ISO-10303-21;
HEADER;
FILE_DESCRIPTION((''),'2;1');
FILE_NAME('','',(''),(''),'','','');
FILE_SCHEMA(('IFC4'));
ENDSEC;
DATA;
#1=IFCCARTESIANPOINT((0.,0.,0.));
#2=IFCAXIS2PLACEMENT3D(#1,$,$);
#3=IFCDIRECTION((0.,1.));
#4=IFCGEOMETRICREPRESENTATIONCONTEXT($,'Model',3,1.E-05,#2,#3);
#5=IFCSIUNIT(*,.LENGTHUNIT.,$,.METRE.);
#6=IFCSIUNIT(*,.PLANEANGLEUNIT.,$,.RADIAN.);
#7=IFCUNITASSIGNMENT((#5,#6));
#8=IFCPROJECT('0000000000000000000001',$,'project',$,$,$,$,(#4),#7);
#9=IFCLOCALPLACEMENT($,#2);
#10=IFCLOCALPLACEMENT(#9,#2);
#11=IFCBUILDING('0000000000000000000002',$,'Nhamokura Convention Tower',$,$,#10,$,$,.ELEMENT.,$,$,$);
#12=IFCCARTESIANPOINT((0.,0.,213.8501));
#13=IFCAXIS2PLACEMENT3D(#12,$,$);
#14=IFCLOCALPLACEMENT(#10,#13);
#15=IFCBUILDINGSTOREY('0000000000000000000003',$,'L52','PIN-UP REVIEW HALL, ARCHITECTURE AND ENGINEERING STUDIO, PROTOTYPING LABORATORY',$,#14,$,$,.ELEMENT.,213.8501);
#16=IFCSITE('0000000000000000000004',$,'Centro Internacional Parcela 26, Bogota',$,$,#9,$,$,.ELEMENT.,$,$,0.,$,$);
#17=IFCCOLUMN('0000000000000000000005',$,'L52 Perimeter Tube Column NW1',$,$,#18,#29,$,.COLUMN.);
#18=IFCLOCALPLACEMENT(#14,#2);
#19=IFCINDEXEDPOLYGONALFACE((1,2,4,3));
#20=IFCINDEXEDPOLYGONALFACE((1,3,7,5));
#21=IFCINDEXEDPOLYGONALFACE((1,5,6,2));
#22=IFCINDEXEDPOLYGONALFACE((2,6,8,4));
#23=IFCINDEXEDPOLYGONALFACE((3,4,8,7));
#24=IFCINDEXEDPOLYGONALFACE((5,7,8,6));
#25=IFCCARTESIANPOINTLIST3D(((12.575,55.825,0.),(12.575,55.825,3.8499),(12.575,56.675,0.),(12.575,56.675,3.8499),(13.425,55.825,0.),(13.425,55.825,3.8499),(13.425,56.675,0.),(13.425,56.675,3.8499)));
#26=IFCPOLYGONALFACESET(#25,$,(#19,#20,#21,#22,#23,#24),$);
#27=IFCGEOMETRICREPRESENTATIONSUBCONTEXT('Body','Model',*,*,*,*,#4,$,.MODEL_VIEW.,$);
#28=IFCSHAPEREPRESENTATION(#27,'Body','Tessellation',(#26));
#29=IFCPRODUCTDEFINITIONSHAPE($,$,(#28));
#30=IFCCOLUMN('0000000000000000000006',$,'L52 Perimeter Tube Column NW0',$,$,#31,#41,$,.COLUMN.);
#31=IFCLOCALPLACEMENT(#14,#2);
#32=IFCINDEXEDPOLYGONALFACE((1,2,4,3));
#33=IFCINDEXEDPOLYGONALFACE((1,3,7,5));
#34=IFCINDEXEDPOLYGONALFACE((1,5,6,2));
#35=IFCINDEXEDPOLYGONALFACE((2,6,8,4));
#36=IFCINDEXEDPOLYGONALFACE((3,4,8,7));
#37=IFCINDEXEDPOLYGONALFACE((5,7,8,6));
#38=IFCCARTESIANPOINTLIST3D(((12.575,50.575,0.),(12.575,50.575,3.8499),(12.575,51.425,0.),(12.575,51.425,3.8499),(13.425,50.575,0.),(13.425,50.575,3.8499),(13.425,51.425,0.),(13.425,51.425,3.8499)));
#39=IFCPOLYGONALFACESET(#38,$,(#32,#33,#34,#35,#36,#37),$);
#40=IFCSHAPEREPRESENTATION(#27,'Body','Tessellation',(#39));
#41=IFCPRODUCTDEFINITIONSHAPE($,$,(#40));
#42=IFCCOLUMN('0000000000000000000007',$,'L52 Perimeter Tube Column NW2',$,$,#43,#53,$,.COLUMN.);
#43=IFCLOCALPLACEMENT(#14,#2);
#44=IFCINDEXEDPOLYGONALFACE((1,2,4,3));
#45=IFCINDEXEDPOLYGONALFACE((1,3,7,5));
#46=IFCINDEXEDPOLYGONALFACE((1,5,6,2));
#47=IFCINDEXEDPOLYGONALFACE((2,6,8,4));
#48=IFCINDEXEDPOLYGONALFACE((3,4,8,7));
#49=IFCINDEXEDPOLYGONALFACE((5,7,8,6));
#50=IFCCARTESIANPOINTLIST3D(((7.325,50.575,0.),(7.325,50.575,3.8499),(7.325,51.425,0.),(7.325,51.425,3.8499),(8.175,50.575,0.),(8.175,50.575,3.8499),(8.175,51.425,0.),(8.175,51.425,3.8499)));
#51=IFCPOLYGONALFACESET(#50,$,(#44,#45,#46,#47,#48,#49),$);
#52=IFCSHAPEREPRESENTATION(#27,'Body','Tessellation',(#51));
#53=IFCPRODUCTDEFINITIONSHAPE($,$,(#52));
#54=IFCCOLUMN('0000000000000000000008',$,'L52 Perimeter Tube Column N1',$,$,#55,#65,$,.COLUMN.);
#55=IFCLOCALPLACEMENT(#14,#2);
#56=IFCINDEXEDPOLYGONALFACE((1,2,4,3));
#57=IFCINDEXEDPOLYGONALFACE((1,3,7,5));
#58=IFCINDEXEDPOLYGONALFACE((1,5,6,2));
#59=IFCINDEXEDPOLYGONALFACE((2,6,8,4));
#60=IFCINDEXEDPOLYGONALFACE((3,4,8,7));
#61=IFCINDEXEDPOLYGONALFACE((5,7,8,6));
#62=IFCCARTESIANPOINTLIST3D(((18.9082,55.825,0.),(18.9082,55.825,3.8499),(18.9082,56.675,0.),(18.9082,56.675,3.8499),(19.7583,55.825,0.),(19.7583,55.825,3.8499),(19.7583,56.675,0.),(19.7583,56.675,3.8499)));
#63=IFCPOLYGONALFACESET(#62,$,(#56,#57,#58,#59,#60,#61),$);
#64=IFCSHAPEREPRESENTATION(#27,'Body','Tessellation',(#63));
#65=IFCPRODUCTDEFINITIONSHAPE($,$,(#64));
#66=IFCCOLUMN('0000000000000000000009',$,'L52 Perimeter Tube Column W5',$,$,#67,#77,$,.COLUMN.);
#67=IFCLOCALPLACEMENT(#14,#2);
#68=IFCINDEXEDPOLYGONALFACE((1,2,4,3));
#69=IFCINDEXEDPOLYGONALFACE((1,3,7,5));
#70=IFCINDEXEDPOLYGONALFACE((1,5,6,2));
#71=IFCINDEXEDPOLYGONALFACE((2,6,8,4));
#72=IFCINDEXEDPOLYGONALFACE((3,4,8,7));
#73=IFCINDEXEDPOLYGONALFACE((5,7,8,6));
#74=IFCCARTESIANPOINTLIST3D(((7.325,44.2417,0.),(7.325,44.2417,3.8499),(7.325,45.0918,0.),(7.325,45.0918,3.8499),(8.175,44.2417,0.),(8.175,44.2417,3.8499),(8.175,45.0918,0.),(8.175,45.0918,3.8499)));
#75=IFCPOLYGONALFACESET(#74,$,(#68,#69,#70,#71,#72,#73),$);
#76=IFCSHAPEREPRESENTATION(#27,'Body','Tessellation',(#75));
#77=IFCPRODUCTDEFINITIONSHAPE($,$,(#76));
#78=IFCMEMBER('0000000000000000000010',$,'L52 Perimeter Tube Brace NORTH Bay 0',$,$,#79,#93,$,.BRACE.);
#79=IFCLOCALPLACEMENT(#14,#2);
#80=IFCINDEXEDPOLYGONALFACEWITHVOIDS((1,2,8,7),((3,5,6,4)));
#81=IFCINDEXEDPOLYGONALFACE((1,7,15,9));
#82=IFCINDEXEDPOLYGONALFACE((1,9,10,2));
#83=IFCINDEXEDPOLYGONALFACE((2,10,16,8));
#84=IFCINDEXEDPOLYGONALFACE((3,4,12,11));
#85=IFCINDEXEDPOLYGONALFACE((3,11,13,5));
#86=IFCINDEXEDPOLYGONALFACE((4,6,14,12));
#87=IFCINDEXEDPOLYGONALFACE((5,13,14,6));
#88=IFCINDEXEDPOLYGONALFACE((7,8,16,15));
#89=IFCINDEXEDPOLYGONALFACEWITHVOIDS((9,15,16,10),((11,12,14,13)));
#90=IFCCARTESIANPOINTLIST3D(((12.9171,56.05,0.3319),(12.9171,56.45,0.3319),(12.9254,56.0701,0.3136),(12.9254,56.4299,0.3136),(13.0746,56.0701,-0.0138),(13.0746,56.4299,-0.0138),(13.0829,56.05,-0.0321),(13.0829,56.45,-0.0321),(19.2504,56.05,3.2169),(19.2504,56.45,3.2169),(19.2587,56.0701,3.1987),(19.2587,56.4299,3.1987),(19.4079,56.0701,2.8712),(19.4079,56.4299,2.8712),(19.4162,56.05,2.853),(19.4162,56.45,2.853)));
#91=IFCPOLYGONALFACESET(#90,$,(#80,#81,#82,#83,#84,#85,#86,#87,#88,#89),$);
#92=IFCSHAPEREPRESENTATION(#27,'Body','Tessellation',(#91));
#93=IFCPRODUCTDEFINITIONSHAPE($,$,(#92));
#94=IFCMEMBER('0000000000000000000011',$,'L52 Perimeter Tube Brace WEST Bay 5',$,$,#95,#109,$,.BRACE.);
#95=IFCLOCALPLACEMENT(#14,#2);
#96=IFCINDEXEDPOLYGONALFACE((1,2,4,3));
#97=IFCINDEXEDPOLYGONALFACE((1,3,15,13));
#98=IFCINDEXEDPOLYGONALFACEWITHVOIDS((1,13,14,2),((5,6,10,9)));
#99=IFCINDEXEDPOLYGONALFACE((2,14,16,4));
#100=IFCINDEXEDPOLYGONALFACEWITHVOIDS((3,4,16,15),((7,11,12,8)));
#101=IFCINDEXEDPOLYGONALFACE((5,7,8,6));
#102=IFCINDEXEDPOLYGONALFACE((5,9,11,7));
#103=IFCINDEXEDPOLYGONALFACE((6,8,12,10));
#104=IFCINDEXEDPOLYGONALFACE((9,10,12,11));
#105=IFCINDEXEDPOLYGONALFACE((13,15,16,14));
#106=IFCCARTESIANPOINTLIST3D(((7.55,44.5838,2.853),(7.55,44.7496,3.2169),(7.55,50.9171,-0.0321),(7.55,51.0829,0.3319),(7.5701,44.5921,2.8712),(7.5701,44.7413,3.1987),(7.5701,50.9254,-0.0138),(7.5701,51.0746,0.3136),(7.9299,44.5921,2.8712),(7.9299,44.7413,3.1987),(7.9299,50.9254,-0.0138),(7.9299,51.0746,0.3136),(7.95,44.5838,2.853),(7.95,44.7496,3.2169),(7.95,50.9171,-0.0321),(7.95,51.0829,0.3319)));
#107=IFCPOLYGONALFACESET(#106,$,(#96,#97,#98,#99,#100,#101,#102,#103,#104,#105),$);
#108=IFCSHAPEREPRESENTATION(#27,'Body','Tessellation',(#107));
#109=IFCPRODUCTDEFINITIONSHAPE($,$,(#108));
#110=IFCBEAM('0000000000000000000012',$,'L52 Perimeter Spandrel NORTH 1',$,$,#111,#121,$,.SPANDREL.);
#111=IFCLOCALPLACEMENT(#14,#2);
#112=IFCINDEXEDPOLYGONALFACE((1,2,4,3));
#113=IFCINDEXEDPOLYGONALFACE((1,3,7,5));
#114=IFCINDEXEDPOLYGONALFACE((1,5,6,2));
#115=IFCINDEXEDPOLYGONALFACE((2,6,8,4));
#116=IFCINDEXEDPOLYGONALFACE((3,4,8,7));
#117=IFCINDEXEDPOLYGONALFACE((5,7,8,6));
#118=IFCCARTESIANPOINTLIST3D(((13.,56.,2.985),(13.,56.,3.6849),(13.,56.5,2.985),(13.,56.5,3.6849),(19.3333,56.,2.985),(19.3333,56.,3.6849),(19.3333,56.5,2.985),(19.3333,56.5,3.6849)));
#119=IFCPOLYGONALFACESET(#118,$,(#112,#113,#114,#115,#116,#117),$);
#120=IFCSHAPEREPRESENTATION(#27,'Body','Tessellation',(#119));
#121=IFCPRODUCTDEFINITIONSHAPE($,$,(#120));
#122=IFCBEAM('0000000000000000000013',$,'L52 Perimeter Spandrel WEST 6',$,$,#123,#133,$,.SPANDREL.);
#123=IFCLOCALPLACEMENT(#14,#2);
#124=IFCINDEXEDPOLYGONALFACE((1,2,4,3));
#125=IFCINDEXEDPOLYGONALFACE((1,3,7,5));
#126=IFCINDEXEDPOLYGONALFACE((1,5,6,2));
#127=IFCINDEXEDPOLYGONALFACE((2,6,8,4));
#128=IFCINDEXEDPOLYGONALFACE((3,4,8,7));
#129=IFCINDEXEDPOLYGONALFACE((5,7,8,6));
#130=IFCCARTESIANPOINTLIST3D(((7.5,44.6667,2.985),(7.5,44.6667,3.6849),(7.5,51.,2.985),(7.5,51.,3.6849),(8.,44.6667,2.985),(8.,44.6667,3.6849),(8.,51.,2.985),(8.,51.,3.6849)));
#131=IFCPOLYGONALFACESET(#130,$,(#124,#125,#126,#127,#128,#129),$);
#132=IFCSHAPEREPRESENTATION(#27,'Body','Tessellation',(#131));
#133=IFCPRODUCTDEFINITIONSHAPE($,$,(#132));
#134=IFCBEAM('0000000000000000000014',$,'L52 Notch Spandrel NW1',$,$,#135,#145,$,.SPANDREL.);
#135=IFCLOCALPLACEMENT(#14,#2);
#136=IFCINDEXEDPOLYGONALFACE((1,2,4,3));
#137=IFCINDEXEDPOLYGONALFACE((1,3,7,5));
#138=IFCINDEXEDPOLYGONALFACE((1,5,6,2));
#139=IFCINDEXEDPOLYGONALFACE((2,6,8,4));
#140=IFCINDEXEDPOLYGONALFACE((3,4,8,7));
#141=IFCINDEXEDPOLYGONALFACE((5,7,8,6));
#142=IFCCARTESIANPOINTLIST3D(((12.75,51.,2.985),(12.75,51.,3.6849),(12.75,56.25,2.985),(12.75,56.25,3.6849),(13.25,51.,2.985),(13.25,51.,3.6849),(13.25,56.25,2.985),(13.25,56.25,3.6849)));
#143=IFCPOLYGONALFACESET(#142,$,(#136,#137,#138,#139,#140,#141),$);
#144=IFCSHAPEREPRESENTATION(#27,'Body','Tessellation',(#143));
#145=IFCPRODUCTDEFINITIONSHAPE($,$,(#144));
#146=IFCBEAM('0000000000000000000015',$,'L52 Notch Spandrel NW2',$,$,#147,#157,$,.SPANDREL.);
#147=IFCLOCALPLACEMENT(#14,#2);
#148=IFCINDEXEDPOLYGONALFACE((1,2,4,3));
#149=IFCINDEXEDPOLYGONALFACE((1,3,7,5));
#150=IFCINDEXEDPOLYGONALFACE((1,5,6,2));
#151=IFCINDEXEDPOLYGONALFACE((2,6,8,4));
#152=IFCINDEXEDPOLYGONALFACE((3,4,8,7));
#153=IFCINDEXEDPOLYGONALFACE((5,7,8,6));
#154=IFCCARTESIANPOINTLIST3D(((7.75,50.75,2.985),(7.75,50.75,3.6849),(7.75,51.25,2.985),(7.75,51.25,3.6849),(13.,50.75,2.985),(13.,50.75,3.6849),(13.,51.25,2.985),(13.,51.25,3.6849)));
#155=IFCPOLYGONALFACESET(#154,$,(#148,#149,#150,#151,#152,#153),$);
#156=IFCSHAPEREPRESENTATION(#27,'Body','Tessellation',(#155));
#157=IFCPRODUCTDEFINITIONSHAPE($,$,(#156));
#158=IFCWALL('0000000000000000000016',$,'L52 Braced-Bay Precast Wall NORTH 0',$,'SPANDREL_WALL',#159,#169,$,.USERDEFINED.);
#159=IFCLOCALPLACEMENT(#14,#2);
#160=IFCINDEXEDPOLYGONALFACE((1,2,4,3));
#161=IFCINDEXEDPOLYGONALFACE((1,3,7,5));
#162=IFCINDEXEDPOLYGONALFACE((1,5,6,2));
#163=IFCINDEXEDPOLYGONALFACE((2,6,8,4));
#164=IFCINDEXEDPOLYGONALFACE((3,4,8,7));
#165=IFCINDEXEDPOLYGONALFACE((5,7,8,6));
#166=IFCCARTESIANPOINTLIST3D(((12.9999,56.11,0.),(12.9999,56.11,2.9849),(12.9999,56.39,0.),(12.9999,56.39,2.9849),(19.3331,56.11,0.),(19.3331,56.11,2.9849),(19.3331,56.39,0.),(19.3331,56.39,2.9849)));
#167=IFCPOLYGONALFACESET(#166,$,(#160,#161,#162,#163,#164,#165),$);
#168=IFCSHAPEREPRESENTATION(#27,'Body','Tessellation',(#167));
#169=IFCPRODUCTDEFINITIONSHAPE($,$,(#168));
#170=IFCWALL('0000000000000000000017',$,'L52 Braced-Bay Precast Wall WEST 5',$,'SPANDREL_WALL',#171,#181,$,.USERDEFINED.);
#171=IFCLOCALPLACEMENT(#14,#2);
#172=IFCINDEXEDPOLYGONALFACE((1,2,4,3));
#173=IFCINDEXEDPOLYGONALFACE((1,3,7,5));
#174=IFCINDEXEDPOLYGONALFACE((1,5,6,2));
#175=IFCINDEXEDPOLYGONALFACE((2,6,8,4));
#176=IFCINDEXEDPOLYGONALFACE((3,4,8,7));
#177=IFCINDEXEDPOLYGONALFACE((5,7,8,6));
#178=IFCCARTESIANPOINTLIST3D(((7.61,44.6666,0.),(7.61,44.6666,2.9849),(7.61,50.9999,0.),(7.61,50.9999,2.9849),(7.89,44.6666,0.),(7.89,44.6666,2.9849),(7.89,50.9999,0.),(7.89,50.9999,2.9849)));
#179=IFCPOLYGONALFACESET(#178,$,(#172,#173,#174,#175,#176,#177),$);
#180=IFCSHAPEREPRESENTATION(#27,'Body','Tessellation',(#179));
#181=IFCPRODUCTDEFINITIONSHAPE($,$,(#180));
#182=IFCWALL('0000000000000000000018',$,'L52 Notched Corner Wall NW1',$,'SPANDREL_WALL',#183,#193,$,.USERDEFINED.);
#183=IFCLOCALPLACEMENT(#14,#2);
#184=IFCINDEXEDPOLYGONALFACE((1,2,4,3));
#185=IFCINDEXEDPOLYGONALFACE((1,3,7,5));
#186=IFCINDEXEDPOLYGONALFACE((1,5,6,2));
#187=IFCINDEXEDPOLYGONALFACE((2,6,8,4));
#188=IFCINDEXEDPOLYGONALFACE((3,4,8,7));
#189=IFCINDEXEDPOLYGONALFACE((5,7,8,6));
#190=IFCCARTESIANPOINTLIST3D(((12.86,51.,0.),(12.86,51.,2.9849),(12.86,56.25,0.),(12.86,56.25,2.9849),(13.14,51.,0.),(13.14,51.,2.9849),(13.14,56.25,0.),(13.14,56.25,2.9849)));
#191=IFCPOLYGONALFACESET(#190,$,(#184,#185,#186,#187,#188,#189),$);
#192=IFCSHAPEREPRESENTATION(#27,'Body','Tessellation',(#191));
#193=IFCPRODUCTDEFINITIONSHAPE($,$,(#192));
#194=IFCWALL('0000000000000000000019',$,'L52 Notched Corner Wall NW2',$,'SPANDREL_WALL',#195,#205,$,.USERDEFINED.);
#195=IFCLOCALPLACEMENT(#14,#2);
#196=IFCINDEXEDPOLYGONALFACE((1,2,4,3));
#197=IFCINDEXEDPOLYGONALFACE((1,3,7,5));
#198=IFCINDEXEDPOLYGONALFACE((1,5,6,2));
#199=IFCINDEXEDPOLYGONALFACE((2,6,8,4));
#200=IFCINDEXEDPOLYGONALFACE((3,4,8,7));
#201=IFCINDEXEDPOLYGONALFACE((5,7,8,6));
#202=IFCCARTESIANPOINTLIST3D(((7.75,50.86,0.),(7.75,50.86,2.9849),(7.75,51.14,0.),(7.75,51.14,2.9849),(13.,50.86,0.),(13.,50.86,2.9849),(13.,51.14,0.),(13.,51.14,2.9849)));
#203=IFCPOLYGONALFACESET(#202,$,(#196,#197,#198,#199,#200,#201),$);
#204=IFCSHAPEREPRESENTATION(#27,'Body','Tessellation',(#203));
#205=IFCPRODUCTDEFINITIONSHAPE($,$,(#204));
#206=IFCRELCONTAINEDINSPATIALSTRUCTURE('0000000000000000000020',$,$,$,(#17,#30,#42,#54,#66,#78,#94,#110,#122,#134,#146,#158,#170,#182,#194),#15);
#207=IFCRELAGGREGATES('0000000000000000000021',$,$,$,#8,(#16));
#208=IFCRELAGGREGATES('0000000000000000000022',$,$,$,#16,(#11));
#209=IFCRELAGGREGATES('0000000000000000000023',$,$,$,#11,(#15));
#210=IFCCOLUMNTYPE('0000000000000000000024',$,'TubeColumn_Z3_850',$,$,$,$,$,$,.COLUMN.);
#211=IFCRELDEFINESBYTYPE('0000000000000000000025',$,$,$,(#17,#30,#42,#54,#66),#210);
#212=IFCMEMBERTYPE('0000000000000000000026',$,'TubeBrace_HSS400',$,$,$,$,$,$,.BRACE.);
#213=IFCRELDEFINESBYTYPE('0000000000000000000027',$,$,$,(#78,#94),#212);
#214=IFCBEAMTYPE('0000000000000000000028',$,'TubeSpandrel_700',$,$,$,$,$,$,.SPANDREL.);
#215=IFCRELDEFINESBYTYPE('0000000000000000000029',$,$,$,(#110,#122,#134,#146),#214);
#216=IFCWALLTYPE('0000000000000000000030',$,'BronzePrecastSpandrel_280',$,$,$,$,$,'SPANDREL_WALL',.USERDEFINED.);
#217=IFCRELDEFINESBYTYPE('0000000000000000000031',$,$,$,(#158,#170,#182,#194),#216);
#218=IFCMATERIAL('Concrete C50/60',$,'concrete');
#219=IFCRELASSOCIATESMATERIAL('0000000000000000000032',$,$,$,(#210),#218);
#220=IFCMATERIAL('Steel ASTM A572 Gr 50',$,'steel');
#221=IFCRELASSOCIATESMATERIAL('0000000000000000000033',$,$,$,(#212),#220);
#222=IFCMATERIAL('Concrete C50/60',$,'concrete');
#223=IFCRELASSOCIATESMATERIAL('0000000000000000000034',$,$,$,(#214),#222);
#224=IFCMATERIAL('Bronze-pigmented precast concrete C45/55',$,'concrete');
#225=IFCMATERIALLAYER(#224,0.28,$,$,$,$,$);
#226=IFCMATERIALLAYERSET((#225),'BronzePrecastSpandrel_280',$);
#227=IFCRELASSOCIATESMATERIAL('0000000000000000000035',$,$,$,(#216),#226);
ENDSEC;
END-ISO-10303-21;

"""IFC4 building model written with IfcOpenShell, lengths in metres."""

from ifc_helpers import new_model, si_unit, direction, frame, frame_2d, origin, origin_2d, place, context, subcontext, project, spatial, rectangle, hollow_rectangle, extrude, material, layer, layer_set, material_profile, profile_set, type_object, element, save


model = new_model("IFC4")

# Units and contexts
model_context = context("Model", 3, precision=1e-05, world=origin(), true_north=direction((0.0, 1.0)))
body_context = subcontext(model_context, "Body", "Model", "MODEL_VIEW")
ifc_project = project(units=[si_unit("LENGTHUNIT", "METRE"), si_unit("PLANEANGLEUNIT", "RADIAN")], contexts=[model_context])

# Site, building, storey
site_placement = place(None, origin())
site = spatial("IfcSite", under=ifc_project, at=site_placement, Name="Centro Internacional Parcela 26, Bogota", CompositionType="ELEMENT", RefElevation=0.0)
building_placement = place(site_placement, origin())
building = spatial("IfcBuilding", under=site, at=building_placement, Name="Nhamokura Convention Tower", CompositionType="ELEMENT")
storey_placement = place(building_placement, frame((0.0, 0.0, 213.8501)))
storey = spatial("IfcBuildingStorey", under=building, at=storey_placement, Name="L52", Description="PIN-UP REVIEW HALL, ARCHITECTURE AND ENGINEERING STUDIO, PROTOTYPING LABORATORY", CompositionType="ELEMENT", Elevation=213.8501)

# Columns
ifc_material_1 = material(Name="Concrete C50/60", Category="concrete")
ifc_material_profile_1 = material_profile(ifc_material_1, rectangle(XDim=0.8501, YDim=0.8501, at=origin_2d()))
ifc_profile_set_1 = profile_set([ifc_material_profile_1], Name="Concrete C50/60")
column_type = type_object("IfcColumnType", Name="TubeColumn_Z3_850", PredefinedType="COLUMN", material=ifc_profile_set_1)
for number, where, z_axis, x_axis, name in (
    (1, (13.0, 56.25, 0.0), (0.0, 0.0, 1.0), (1.0, 0.0, 0.0), "L52 Perimeter Tube Column NW1"),
    (2, (13.0, 51.0, 0.0), (0.0, 0.0, 1.0), (1.0, 0.0, 0.0), "L52 Perimeter Tube Column NW0"),
    (3, (7.75, 51.0, 0.0), (0.0, 0.0, 1.0), (1.0, 0.0, 0.0), "L52 Perimeter Tube Column NW2"),
    (4, (19.3333, 56.25, 0.0), (0.0, 0.0, 1.0), (1.0, 0.0, 0.0), "L52 Perimeter Tube Column N1"),
    (5, (7.75, 44.6667, 0.0), (0.0, 0.0, 1.0), (1.0, 0.0, 0.0), "L52 Perimeter Tube Column W5"),
):
    element("IfcColumn", number, at=place(storey_placement, frame(where, z_axis=z_axis, x_axis=x_axis)), inside=storey, type_object=column_type, Name=name, PredefinedType="COLUMN", context=body_context, shape_type="SweptSolid", body=[
        extrude(rectangle(XDim=0.8501, YDim=0.8501, at=origin_2d()), origin(), (0.0, 0.0, 1.0), 3.8499),
    ])

# Members
ifc_material_2 = material(Name="Steel ASTM A572 Gr 50", Category="steel")
ifc_material_profile_2 = material_profile(ifc_material_2, hollow_rectangle(XDim=0.3999, YDim=0.3999, WallThickness=0.02, at=origin_2d()))
ifc_profile_set_2 = profile_set([ifc_material_profile_2], Name="Steel ASTM A572 Gr 50")
member_type = type_object("IfcMemberType", Name="TubeBrace_HSS400", PredefinedType="BRACE", material=ifc_profile_set_2)
for number, where, z_axis, x_axis, name in (
    (6, (13.0, 56.25, 0.1499), (0.910027, 0.0, 0.414548), (0.0, 1.0, 0.0), "L52 Perimeter Tube Brace NORTH Bay 0"),
    (7, (7.75, 51.0, 0.1499), (0.0, -0.910027, 0.414548), (1.0, 0.0, 0.0), "L52 Perimeter Tube Brace WEST Bay 5"),
):
    element("IfcMember", number, at=place(storey_placement, frame(where, z_axis=z_axis, x_axis=x_axis)), inside=storey, type_object=member_type, Name=name, PredefinedType="BRACE", context=body_context, shape_type="SweptSolid", body=[
        extrude(hollow_rectangle(XDim=0.3999, YDim=0.3999, WallThickness=0.02, at=origin_2d()), origin(), (0.0, 0.0, 1.0), 6.9595),
    ])

# Beams
ifc_material_3 = material(Name="Concrete C50/60", Category="concrete")
ifc_material_profile_3 = material_profile(ifc_material_3, rectangle(XDim=0.5, YDim=0.7, at=origin_2d()))
ifc_profile_set_3 = profile_set([ifc_material_profile_3], Name="Concrete C50/60")
beam_type = type_object("IfcBeamType", Name="TubeSpandrel_700", PredefinedType="SPANDREL", material=ifc_profile_set_3)
for number, where, z_axis, x_axis, name in (
    (8, (13.0, 56.25, 3.335), (1.0, 0.0, 0.0), (0.0, 1.0, 0.0), "L52 Perimeter Spandrel NORTH 1"),
    (9, (7.75, 44.6667, 3.335), (0.0, 1.0, 0.0), (-1.0, 0.0, 0.0), "L52 Perimeter Spandrel WEST 6"),
):
    element("IfcBeam", number, at=place(storey_placement, frame(where, z_axis=z_axis, x_axis=x_axis)), inside=storey, type_object=beam_type, Name=name, PredefinedType="SPANDREL", context=body_context, shape_type="SweptSolid", body=[
        extrude(rectangle(XDim=0.5, YDim=0.7, at=origin_2d()), origin(), (0.0, 0.0, 1.0), 6.3333),
    ])
for number, where, z_axis, x_axis, name in (
    (10, (13.0, 56.25, 3.335), (0.0, -1.0, 0.0), (1.0, 0.0, 0.0), "L52 Notch Spandrel NW1"),
    (11, (13.0, 51.0, 3.335), (-1.0, 0.0, 0.0), (0.0, -1.0, 0.0), "L52 Notch Spandrel NW2"),
):
    element("IfcBeam", number, at=place(storey_placement, frame(where, z_axis=z_axis, x_axis=x_axis)), inside=storey, type_object=beam_type, Name=name, PredefinedType="SPANDREL", context=body_context, shape_type="SweptSolid", body=[
        extrude(rectangle(XDim=0.5, YDim=0.7, at=origin_2d()), origin(), (0.0, 0.0, 1.0), 5.25),
    ])

# Walls
ifc_material_4 = material(Name="Bronze-pigmented precast concrete C45/55", Category="concrete")
ifc_layer_1 = layer(ifc_material_4, 0.28)
ifc_layer_set_1 = layer_set([ifc_layer_1], Name="BronzePrecastSpandrel_280")
wall_type_1 = type_object("IfcWallType", Name="BronzePrecastSpandrel_280", ElementType="SPANDREL_WALL", PredefinedType="USERDEFINED", material=ifc_layer_set_1)
for number, where, z_axis, x_axis, name in (
    (12, (13.0, 56.25, 0.0), (0.0, 0.0, 1.0), (1.0, 0.0, 0.0), "L52 Braced-Bay Precast Wall NORTH 0"),
    (13, (7.75, 44.6667, 0.0), (0.0, 0.0, 1.0), (0.0, 1.0, 0.0), "L52 Braced-Bay Precast Wall WEST 5"),
):
    element("IfcWall", number, at=place(storey_placement, frame(where, z_axis=z_axis, x_axis=x_axis)), inside=storey, type_object=wall_type_1, Name=name, ObjectType="SPANDREL_WALL", PredefinedType="USERDEFINED", context=body_context, shape_type="SweptSolid", body=[
        extrude(rectangle(XDim=6.3333, YDim=0.28, at=frame_2d((3.1665, 0.0))), origin(), (0.0, 0.0, 1.0), 2.9849),
    ])
for number, where, z_axis, x_axis, name in (
    (14, (13.0, 51.0, 0.0), (0.0, 0.0, 1.0), (0.0, 1.0, 0.0), "L52 Notched Corner Wall NW1"),
    (15, (7.75, 51.0, 0.0), (0.0, 0.0, 1.0), (1.0, 0.0, 0.0), "L52 Notched Corner Wall NW2"),
):
    element("IfcWall", number, at=place(storey_placement, frame(where, z_axis=z_axis, x_axis=x_axis)), inside=storey, type_object=wall_type_1, Name=name, ObjectType="SPANDREL_WALL", PredefinedType="USERDEFINED", context=body_context, shape_type="SweptSolid", body=[
        extrude(rectangle(XDim=5.25, YDim=0.28, at=frame_2d((2.625, 0.0))), origin(), (0.0, 0.0, 1.0), 2.9849),
    ])

save(model, "model.ifc")
